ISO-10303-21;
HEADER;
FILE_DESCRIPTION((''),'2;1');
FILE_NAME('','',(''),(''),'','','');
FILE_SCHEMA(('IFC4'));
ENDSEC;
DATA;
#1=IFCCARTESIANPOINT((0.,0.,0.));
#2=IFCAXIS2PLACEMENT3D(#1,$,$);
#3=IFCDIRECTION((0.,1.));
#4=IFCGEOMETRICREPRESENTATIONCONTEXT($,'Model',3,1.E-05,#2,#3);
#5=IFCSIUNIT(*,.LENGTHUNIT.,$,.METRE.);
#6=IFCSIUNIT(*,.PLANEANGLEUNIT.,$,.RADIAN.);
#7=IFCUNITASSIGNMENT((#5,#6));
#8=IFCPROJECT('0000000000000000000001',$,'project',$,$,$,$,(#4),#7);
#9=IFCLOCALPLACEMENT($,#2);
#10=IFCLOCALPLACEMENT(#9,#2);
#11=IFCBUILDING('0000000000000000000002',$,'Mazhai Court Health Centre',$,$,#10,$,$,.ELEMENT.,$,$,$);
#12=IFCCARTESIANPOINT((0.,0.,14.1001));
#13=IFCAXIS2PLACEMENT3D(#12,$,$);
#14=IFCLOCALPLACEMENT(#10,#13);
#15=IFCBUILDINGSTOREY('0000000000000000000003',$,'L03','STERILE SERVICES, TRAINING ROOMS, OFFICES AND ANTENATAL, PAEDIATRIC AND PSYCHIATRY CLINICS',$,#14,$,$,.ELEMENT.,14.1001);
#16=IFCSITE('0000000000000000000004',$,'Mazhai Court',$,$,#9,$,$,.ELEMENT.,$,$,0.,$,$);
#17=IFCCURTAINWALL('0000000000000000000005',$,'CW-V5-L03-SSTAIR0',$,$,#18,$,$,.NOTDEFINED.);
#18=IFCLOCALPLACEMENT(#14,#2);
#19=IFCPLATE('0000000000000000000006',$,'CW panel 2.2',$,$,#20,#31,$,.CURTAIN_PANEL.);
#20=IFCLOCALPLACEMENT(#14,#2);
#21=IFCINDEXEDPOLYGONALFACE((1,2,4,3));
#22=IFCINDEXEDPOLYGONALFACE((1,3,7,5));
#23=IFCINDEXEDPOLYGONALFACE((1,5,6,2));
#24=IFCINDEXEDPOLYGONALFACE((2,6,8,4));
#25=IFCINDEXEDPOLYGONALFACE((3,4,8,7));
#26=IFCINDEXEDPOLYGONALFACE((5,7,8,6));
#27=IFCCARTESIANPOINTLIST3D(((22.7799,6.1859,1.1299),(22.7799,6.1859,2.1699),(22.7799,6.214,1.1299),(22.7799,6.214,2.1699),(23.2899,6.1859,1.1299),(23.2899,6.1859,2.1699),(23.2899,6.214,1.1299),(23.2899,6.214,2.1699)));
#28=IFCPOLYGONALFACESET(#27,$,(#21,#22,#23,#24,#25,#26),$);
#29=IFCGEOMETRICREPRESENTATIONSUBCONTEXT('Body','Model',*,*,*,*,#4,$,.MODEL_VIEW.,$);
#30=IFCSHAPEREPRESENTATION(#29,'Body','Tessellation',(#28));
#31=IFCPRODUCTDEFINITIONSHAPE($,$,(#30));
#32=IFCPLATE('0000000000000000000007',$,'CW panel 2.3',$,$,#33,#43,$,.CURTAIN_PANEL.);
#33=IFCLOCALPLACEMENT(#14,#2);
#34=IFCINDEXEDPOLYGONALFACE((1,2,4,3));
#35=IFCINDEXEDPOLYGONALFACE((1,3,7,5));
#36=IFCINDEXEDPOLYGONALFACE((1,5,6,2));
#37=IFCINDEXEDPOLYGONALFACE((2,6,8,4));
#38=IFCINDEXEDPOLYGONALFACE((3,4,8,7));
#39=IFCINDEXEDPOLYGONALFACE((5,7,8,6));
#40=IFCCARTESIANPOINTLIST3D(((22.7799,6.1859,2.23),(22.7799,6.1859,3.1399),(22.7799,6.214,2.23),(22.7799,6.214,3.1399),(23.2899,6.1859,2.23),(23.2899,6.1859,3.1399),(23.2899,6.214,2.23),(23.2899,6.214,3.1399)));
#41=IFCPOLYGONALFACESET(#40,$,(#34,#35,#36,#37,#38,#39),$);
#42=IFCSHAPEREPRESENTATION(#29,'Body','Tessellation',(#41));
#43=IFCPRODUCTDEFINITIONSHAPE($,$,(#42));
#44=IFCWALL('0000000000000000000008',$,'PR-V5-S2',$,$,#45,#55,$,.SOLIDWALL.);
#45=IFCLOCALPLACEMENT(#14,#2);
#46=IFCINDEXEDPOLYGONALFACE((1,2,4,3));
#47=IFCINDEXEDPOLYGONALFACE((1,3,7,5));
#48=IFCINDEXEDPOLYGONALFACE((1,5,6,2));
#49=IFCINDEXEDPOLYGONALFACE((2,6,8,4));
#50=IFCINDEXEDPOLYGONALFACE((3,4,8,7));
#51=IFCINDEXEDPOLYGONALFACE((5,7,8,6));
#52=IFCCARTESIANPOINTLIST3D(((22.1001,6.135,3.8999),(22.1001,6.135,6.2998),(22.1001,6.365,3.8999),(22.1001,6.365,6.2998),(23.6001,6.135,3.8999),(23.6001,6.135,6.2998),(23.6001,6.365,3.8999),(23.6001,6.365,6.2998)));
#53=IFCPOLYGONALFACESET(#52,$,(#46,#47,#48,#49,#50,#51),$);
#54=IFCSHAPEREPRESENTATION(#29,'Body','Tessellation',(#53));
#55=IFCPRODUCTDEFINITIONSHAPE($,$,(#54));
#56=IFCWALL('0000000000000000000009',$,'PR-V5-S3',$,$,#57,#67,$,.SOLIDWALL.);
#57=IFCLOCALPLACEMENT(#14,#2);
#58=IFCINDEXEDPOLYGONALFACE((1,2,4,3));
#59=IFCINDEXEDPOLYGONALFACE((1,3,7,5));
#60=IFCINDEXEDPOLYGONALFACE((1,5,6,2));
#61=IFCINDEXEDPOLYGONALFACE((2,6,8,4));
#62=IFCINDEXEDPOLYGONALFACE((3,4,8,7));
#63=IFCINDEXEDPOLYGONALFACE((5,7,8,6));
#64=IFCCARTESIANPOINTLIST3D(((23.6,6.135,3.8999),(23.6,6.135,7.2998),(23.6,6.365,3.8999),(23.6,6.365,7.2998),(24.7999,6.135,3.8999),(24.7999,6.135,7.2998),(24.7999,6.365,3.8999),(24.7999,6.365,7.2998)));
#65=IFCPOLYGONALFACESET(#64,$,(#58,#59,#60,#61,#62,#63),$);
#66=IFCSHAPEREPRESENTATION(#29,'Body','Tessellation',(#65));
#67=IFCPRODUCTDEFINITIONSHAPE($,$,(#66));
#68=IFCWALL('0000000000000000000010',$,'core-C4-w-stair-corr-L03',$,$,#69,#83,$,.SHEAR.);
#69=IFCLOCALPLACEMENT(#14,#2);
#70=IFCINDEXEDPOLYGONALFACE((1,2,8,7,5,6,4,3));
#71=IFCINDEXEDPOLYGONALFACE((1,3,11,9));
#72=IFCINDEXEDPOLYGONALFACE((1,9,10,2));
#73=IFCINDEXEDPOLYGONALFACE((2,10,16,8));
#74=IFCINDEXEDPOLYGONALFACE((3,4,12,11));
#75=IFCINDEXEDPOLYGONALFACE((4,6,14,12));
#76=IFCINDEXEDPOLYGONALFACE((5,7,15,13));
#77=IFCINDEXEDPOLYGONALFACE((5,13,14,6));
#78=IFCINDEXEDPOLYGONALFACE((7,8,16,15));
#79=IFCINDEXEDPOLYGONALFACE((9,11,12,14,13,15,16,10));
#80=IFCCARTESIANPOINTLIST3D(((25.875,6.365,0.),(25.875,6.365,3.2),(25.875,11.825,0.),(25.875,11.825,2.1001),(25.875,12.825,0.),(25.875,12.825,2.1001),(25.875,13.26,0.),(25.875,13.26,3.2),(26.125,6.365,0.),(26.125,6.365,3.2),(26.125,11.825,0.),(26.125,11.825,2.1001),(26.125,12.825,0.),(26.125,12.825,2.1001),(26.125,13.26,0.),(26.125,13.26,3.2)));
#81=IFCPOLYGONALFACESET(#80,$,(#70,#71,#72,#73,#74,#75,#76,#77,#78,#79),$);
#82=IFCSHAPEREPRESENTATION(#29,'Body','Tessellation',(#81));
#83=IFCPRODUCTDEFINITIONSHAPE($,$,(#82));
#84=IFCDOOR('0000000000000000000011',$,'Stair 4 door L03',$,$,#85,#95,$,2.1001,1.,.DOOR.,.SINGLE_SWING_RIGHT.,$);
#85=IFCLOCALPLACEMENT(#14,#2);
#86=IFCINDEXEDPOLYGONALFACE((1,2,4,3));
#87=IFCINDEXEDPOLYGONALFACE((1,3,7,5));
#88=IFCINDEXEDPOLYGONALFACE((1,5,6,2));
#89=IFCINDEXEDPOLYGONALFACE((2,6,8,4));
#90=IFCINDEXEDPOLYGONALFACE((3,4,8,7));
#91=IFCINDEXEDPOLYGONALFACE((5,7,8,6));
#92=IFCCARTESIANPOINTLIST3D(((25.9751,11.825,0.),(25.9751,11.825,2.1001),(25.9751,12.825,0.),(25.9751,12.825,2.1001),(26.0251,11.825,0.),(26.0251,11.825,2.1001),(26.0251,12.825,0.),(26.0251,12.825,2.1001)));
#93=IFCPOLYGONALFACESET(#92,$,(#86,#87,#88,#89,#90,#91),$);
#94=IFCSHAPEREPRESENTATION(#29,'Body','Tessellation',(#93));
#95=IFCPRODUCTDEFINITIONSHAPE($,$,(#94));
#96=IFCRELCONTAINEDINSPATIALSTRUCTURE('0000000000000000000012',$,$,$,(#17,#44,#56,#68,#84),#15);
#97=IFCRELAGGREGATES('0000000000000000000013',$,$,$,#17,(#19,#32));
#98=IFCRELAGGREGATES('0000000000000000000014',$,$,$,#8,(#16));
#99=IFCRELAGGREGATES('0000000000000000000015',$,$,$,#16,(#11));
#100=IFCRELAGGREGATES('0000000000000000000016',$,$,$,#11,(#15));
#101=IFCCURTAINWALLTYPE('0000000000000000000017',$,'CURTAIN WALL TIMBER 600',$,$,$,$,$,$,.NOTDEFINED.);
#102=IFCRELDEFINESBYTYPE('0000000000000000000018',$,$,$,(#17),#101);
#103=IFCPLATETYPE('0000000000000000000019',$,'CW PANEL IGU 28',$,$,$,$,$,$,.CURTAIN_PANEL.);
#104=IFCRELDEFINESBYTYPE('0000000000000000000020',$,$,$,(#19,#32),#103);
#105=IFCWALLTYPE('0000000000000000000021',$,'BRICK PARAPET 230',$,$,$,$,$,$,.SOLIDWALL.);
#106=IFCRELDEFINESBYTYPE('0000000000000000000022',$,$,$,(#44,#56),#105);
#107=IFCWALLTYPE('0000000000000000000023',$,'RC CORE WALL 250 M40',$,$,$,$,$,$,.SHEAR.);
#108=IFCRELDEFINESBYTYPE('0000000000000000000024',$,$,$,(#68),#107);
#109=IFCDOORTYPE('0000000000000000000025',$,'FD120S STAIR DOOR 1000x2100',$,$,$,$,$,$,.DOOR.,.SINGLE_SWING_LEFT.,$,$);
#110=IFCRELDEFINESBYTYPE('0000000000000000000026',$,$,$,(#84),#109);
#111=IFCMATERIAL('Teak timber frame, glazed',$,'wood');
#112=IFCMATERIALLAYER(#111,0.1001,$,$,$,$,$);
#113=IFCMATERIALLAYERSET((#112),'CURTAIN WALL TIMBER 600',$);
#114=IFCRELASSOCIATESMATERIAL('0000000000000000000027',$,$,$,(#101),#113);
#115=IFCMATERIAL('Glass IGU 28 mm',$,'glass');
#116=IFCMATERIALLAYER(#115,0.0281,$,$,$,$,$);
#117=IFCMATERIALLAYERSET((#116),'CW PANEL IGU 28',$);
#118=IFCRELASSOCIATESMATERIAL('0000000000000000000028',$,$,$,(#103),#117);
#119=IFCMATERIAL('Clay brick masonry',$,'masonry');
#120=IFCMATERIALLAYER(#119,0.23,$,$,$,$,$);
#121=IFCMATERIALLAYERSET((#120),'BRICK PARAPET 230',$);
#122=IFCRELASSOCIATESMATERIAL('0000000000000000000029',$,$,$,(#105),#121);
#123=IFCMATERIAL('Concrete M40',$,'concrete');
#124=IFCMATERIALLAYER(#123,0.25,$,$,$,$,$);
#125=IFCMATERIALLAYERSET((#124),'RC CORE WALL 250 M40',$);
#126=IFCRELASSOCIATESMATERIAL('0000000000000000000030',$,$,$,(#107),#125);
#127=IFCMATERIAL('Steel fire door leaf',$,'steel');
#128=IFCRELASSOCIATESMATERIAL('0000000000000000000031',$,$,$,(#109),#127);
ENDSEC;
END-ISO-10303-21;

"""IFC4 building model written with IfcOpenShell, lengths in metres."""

from ifc_helpers import new_model, si_unit, direction, frame, frame_2d, origin, origin_2d, place, context, subcontext, project, spatial, rectangle, extrude, material, layer, layer_set, type_object, element, fill, aggregate, save


model = new_model("IFC4")

# Units and contexts
model_context = context("Model", 3, precision=1e-05, world=origin(), true_north=direction((0.0, 1.0)))
body_context = subcontext(model_context, "Body", "Model", "MODEL_VIEW")
ifc_project = project(units=[si_unit("LENGTHUNIT", "METRE"), si_unit("PLANEANGLEUNIT", "RADIAN")], contexts=[model_context])

# Site, building, storey
site_placement = place(None, origin())
site = spatial("IfcSite", under=ifc_project, at=site_placement, Name="Mazhai Court", CompositionType="ELEMENT", RefElevation=0.0)
building_placement = place(site_placement, origin())
building = spatial("IfcBuilding", under=site, at=building_placement, Name="Mazhai Court Health Centre", CompositionType="ELEMENT")
storey_placement = place(building_placement, frame((0.0, 0.0, 14.1001)))
storey = spatial("IfcBuildingStorey", under=building, at=storey_placement, Name="L03", Description="STERILE SERVICES, TRAINING ROOMS, OFFICES AND ANTENATAL, PAEDIATRIC AND PSYCHIATRY CLINICS", CompositionType="ELEMENT", Elevation=14.1001)

# Curtain wall, plates
ifc_material_1 = material(Name="Teak timber frame, glazed", Category="wood")
ifc_layer_1 = layer(ifc_material_1, 0.1001)
ifc_layer_set_1 = layer_set([ifc_layer_1], Name="CURTAIN WALL TIMBER 600")
curtain_wall_type = type_object("IfcCurtainWallType", Name="CURTAIN WALL TIMBER 600", PredefinedType="NOTDEFINED", material=ifc_layer_set_1)
curtain_wall_placement = place(storey_placement, origin())
curtain_wall = element("IfcCurtainWall", 1, at=curtain_wall_placement, inside=storey, type_object=curtain_wall_type, Name="CW-V5-L03-SSTAIR0", PredefinedType="NOTDEFINED")
ifc_material_2 = material(Name="Glass IGU 28 mm", Category="glass")
ifc_layer_2 = layer(ifc_material_2, 0.0281)
ifc_layer_set_2 = layer_set([ifc_layer_2], Name="CW PANEL IGU 28")
plate_type = type_object("IfcPlateType", Name="CW PANEL IGU 28", PredefinedType="CURTAIN_PANEL", material=ifc_layer_set_2)
plate_1_placement = place(storey_placement, frame((23.0349, 6.2, 1.1299), z_axis=(0.0, 0.0, 1.0), x_axis=(-1.0, 0.0, 0.0)))
plate_1 = element("IfcPlate", 2, at=plate_1_placement, type_object=plate_type, Name="CW panel 2.2", PredefinedType="CURTAIN_PANEL", context=body_context, shape_type="SweptSolid", body=[
    extrude(rectangle(XDim=0.51, YDim=0.0281, at=origin_2d()), origin(), (0.0, 0.0, 1.0), 1.04),
])
plate_2_placement = place(storey_placement, frame((23.0349, 6.2, 2.23), z_axis=(0.0, 0.0, 1.0), x_axis=(-1.0, 0.0, 0.0)))
plate_2 = element("IfcPlate", 3, at=plate_2_placement, type_object=plate_type, Name="CW panel 2.3", PredefinedType="CURTAIN_PANEL", context=body_context, shape_type="SweptSolid", body=[
    extrude(rectangle(XDim=0.51, YDim=0.0281, at=origin_2d()), origin(), (0.0, 0.0, 1.0), 0.9099),
])
aggregate(curtain_wall, [plate_1, plate_2])

# Walls
ifc_material_3 = material(Name="Clay brick masonry", Category="masonry")
ifc_layer_3 = layer(ifc_material_3, 0.23)
ifc_layer_set_3 = layer_set([ifc_layer_3], Name="BRICK PARAPET 230")
wall_type_1 = type_object("IfcWallType", Name="BRICK PARAPET 230", PredefinedType="SOLIDWALL", material=ifc_layer_set_3)
wall_1_placement = place(storey_placement, frame((23.6001, 6.25, 3.8999), z_axis=(0.0, 0.0, 1.0), x_axis=(-1.0, 0.0, 0.0)))
element("IfcWall", 4, at=wall_1_placement, inside=storey, type_object=wall_type_1, Name="PR-V5-S2", PredefinedType="SOLIDWALL", context=body_context, shape_type="SweptSolid", body=[
    extrude(rectangle(XDim=1.5, YDim=0.23, at=frame_2d((0.75, 0.0))), origin(), (0.0, 0.0, 1.0), 2.3999),
])
wall_2_placement = place(storey_placement, frame((24.8, 6.25, 3.8999), z_axis=(0.0, 0.0, 1.0), x_axis=(-1.0, 0.0, 0.0)))
element("IfcWall", 5, at=wall_2_placement, inside=storey, type_object=wall_type_1, Name="PR-V5-S3", PredefinedType="SOLIDWALL", context=body_context, shape_type="SweptSolid", body=[
    extrude(rectangle(XDim=1.2, YDim=0.23, at=frame_2d((0.6001, 0.0))), origin(), (0.0, 0.0, 1.0), 3.3999),
])

# Wall, opening, door
ifc_material_4 = material(Name="Concrete M40", Category="concrete")
ifc_layer_4 = layer(ifc_material_4, 0.25)
ifc_layer_set_4 = layer_set([ifc_layer_4], Name="RC CORE WALL 250 M40")
wall_type_2 = type_object("IfcWallType", Name="RC CORE WALL 250 M40", PredefinedType="SHEAR", material=ifc_layer_set_4)
wall_3_placement = place(storey_placement, frame((26.0, 6.365, 0.0), z_axis=(0.0, 0.0, 1.0), x_axis=(0.0, 1.0, 0.0)))
wall_3 = element("IfcWall", 6, at=wall_3_placement, inside=storey, type_object=wall_type_2, Name="core-C4-w-stair-corr-L03", PredefinedType="SHEAR", context=body_context, shape_type="SweptSolid", body=[
    extrude(rectangle(XDim=6.895, YDim=0.25, at=frame_2d((3.4475, 0.0))), origin(), (0.0, 0.0, 1.0), 3.2),
])
opening_placement = place(wall_3_placement, frame((5.46, 0.0, 0.0)))
opening = element("IfcOpeningElement", 7, at=opening_placement, cuts=wall_3, PredefinedType="OPENING", context=body_context, shape_type="SweptSolid", body=[
    extrude(rectangle(XDim=1.0, YDim=2.1001, at=frame_2d((0.5, 1.05))), frame((0.0, 0.135, 0.0), z_axis=(0.0, -1.0, 0.0), x_axis=(1.0, 0.0, 0.0)), (0.0, 0.0, 1.0), 0.27),
])
ifc_material_5 = material(Name="Steel fire door leaf", Category="steel")
door_type = type_object("IfcDoorType", Name="FD120S STAIR DOOR 1000x2100", OperationType="SINGLE_SWING_LEFT", PredefinedType="DOOR", material=ifc_material_5)
door_placement = place(opening_placement, origin())
door = element("IfcDoor", 8, at=door_placement, inside=storey, type_object=door_type, Name="Stair 4 door L03", OperationType="SINGLE_SWING_RIGHT", OverallHeight=2.1001, OverallWidth=1.0, PredefinedType="DOOR", context=body_context, shape_type="SweptSolid", body=[
    extrude(rectangle(XDim=1.0, YDim=2.1001, at=frame_2d((0.5, 1.05))), frame((0.0, 0.0249, 0.0), z_axis=(0.0, -1.0, 0.0), x_axis=(1.0, 0.0, 0.0)), (0.0, 0.0, 1.0), 0.05),
])
fill(opening, door)

save(model, "model.ifc")
